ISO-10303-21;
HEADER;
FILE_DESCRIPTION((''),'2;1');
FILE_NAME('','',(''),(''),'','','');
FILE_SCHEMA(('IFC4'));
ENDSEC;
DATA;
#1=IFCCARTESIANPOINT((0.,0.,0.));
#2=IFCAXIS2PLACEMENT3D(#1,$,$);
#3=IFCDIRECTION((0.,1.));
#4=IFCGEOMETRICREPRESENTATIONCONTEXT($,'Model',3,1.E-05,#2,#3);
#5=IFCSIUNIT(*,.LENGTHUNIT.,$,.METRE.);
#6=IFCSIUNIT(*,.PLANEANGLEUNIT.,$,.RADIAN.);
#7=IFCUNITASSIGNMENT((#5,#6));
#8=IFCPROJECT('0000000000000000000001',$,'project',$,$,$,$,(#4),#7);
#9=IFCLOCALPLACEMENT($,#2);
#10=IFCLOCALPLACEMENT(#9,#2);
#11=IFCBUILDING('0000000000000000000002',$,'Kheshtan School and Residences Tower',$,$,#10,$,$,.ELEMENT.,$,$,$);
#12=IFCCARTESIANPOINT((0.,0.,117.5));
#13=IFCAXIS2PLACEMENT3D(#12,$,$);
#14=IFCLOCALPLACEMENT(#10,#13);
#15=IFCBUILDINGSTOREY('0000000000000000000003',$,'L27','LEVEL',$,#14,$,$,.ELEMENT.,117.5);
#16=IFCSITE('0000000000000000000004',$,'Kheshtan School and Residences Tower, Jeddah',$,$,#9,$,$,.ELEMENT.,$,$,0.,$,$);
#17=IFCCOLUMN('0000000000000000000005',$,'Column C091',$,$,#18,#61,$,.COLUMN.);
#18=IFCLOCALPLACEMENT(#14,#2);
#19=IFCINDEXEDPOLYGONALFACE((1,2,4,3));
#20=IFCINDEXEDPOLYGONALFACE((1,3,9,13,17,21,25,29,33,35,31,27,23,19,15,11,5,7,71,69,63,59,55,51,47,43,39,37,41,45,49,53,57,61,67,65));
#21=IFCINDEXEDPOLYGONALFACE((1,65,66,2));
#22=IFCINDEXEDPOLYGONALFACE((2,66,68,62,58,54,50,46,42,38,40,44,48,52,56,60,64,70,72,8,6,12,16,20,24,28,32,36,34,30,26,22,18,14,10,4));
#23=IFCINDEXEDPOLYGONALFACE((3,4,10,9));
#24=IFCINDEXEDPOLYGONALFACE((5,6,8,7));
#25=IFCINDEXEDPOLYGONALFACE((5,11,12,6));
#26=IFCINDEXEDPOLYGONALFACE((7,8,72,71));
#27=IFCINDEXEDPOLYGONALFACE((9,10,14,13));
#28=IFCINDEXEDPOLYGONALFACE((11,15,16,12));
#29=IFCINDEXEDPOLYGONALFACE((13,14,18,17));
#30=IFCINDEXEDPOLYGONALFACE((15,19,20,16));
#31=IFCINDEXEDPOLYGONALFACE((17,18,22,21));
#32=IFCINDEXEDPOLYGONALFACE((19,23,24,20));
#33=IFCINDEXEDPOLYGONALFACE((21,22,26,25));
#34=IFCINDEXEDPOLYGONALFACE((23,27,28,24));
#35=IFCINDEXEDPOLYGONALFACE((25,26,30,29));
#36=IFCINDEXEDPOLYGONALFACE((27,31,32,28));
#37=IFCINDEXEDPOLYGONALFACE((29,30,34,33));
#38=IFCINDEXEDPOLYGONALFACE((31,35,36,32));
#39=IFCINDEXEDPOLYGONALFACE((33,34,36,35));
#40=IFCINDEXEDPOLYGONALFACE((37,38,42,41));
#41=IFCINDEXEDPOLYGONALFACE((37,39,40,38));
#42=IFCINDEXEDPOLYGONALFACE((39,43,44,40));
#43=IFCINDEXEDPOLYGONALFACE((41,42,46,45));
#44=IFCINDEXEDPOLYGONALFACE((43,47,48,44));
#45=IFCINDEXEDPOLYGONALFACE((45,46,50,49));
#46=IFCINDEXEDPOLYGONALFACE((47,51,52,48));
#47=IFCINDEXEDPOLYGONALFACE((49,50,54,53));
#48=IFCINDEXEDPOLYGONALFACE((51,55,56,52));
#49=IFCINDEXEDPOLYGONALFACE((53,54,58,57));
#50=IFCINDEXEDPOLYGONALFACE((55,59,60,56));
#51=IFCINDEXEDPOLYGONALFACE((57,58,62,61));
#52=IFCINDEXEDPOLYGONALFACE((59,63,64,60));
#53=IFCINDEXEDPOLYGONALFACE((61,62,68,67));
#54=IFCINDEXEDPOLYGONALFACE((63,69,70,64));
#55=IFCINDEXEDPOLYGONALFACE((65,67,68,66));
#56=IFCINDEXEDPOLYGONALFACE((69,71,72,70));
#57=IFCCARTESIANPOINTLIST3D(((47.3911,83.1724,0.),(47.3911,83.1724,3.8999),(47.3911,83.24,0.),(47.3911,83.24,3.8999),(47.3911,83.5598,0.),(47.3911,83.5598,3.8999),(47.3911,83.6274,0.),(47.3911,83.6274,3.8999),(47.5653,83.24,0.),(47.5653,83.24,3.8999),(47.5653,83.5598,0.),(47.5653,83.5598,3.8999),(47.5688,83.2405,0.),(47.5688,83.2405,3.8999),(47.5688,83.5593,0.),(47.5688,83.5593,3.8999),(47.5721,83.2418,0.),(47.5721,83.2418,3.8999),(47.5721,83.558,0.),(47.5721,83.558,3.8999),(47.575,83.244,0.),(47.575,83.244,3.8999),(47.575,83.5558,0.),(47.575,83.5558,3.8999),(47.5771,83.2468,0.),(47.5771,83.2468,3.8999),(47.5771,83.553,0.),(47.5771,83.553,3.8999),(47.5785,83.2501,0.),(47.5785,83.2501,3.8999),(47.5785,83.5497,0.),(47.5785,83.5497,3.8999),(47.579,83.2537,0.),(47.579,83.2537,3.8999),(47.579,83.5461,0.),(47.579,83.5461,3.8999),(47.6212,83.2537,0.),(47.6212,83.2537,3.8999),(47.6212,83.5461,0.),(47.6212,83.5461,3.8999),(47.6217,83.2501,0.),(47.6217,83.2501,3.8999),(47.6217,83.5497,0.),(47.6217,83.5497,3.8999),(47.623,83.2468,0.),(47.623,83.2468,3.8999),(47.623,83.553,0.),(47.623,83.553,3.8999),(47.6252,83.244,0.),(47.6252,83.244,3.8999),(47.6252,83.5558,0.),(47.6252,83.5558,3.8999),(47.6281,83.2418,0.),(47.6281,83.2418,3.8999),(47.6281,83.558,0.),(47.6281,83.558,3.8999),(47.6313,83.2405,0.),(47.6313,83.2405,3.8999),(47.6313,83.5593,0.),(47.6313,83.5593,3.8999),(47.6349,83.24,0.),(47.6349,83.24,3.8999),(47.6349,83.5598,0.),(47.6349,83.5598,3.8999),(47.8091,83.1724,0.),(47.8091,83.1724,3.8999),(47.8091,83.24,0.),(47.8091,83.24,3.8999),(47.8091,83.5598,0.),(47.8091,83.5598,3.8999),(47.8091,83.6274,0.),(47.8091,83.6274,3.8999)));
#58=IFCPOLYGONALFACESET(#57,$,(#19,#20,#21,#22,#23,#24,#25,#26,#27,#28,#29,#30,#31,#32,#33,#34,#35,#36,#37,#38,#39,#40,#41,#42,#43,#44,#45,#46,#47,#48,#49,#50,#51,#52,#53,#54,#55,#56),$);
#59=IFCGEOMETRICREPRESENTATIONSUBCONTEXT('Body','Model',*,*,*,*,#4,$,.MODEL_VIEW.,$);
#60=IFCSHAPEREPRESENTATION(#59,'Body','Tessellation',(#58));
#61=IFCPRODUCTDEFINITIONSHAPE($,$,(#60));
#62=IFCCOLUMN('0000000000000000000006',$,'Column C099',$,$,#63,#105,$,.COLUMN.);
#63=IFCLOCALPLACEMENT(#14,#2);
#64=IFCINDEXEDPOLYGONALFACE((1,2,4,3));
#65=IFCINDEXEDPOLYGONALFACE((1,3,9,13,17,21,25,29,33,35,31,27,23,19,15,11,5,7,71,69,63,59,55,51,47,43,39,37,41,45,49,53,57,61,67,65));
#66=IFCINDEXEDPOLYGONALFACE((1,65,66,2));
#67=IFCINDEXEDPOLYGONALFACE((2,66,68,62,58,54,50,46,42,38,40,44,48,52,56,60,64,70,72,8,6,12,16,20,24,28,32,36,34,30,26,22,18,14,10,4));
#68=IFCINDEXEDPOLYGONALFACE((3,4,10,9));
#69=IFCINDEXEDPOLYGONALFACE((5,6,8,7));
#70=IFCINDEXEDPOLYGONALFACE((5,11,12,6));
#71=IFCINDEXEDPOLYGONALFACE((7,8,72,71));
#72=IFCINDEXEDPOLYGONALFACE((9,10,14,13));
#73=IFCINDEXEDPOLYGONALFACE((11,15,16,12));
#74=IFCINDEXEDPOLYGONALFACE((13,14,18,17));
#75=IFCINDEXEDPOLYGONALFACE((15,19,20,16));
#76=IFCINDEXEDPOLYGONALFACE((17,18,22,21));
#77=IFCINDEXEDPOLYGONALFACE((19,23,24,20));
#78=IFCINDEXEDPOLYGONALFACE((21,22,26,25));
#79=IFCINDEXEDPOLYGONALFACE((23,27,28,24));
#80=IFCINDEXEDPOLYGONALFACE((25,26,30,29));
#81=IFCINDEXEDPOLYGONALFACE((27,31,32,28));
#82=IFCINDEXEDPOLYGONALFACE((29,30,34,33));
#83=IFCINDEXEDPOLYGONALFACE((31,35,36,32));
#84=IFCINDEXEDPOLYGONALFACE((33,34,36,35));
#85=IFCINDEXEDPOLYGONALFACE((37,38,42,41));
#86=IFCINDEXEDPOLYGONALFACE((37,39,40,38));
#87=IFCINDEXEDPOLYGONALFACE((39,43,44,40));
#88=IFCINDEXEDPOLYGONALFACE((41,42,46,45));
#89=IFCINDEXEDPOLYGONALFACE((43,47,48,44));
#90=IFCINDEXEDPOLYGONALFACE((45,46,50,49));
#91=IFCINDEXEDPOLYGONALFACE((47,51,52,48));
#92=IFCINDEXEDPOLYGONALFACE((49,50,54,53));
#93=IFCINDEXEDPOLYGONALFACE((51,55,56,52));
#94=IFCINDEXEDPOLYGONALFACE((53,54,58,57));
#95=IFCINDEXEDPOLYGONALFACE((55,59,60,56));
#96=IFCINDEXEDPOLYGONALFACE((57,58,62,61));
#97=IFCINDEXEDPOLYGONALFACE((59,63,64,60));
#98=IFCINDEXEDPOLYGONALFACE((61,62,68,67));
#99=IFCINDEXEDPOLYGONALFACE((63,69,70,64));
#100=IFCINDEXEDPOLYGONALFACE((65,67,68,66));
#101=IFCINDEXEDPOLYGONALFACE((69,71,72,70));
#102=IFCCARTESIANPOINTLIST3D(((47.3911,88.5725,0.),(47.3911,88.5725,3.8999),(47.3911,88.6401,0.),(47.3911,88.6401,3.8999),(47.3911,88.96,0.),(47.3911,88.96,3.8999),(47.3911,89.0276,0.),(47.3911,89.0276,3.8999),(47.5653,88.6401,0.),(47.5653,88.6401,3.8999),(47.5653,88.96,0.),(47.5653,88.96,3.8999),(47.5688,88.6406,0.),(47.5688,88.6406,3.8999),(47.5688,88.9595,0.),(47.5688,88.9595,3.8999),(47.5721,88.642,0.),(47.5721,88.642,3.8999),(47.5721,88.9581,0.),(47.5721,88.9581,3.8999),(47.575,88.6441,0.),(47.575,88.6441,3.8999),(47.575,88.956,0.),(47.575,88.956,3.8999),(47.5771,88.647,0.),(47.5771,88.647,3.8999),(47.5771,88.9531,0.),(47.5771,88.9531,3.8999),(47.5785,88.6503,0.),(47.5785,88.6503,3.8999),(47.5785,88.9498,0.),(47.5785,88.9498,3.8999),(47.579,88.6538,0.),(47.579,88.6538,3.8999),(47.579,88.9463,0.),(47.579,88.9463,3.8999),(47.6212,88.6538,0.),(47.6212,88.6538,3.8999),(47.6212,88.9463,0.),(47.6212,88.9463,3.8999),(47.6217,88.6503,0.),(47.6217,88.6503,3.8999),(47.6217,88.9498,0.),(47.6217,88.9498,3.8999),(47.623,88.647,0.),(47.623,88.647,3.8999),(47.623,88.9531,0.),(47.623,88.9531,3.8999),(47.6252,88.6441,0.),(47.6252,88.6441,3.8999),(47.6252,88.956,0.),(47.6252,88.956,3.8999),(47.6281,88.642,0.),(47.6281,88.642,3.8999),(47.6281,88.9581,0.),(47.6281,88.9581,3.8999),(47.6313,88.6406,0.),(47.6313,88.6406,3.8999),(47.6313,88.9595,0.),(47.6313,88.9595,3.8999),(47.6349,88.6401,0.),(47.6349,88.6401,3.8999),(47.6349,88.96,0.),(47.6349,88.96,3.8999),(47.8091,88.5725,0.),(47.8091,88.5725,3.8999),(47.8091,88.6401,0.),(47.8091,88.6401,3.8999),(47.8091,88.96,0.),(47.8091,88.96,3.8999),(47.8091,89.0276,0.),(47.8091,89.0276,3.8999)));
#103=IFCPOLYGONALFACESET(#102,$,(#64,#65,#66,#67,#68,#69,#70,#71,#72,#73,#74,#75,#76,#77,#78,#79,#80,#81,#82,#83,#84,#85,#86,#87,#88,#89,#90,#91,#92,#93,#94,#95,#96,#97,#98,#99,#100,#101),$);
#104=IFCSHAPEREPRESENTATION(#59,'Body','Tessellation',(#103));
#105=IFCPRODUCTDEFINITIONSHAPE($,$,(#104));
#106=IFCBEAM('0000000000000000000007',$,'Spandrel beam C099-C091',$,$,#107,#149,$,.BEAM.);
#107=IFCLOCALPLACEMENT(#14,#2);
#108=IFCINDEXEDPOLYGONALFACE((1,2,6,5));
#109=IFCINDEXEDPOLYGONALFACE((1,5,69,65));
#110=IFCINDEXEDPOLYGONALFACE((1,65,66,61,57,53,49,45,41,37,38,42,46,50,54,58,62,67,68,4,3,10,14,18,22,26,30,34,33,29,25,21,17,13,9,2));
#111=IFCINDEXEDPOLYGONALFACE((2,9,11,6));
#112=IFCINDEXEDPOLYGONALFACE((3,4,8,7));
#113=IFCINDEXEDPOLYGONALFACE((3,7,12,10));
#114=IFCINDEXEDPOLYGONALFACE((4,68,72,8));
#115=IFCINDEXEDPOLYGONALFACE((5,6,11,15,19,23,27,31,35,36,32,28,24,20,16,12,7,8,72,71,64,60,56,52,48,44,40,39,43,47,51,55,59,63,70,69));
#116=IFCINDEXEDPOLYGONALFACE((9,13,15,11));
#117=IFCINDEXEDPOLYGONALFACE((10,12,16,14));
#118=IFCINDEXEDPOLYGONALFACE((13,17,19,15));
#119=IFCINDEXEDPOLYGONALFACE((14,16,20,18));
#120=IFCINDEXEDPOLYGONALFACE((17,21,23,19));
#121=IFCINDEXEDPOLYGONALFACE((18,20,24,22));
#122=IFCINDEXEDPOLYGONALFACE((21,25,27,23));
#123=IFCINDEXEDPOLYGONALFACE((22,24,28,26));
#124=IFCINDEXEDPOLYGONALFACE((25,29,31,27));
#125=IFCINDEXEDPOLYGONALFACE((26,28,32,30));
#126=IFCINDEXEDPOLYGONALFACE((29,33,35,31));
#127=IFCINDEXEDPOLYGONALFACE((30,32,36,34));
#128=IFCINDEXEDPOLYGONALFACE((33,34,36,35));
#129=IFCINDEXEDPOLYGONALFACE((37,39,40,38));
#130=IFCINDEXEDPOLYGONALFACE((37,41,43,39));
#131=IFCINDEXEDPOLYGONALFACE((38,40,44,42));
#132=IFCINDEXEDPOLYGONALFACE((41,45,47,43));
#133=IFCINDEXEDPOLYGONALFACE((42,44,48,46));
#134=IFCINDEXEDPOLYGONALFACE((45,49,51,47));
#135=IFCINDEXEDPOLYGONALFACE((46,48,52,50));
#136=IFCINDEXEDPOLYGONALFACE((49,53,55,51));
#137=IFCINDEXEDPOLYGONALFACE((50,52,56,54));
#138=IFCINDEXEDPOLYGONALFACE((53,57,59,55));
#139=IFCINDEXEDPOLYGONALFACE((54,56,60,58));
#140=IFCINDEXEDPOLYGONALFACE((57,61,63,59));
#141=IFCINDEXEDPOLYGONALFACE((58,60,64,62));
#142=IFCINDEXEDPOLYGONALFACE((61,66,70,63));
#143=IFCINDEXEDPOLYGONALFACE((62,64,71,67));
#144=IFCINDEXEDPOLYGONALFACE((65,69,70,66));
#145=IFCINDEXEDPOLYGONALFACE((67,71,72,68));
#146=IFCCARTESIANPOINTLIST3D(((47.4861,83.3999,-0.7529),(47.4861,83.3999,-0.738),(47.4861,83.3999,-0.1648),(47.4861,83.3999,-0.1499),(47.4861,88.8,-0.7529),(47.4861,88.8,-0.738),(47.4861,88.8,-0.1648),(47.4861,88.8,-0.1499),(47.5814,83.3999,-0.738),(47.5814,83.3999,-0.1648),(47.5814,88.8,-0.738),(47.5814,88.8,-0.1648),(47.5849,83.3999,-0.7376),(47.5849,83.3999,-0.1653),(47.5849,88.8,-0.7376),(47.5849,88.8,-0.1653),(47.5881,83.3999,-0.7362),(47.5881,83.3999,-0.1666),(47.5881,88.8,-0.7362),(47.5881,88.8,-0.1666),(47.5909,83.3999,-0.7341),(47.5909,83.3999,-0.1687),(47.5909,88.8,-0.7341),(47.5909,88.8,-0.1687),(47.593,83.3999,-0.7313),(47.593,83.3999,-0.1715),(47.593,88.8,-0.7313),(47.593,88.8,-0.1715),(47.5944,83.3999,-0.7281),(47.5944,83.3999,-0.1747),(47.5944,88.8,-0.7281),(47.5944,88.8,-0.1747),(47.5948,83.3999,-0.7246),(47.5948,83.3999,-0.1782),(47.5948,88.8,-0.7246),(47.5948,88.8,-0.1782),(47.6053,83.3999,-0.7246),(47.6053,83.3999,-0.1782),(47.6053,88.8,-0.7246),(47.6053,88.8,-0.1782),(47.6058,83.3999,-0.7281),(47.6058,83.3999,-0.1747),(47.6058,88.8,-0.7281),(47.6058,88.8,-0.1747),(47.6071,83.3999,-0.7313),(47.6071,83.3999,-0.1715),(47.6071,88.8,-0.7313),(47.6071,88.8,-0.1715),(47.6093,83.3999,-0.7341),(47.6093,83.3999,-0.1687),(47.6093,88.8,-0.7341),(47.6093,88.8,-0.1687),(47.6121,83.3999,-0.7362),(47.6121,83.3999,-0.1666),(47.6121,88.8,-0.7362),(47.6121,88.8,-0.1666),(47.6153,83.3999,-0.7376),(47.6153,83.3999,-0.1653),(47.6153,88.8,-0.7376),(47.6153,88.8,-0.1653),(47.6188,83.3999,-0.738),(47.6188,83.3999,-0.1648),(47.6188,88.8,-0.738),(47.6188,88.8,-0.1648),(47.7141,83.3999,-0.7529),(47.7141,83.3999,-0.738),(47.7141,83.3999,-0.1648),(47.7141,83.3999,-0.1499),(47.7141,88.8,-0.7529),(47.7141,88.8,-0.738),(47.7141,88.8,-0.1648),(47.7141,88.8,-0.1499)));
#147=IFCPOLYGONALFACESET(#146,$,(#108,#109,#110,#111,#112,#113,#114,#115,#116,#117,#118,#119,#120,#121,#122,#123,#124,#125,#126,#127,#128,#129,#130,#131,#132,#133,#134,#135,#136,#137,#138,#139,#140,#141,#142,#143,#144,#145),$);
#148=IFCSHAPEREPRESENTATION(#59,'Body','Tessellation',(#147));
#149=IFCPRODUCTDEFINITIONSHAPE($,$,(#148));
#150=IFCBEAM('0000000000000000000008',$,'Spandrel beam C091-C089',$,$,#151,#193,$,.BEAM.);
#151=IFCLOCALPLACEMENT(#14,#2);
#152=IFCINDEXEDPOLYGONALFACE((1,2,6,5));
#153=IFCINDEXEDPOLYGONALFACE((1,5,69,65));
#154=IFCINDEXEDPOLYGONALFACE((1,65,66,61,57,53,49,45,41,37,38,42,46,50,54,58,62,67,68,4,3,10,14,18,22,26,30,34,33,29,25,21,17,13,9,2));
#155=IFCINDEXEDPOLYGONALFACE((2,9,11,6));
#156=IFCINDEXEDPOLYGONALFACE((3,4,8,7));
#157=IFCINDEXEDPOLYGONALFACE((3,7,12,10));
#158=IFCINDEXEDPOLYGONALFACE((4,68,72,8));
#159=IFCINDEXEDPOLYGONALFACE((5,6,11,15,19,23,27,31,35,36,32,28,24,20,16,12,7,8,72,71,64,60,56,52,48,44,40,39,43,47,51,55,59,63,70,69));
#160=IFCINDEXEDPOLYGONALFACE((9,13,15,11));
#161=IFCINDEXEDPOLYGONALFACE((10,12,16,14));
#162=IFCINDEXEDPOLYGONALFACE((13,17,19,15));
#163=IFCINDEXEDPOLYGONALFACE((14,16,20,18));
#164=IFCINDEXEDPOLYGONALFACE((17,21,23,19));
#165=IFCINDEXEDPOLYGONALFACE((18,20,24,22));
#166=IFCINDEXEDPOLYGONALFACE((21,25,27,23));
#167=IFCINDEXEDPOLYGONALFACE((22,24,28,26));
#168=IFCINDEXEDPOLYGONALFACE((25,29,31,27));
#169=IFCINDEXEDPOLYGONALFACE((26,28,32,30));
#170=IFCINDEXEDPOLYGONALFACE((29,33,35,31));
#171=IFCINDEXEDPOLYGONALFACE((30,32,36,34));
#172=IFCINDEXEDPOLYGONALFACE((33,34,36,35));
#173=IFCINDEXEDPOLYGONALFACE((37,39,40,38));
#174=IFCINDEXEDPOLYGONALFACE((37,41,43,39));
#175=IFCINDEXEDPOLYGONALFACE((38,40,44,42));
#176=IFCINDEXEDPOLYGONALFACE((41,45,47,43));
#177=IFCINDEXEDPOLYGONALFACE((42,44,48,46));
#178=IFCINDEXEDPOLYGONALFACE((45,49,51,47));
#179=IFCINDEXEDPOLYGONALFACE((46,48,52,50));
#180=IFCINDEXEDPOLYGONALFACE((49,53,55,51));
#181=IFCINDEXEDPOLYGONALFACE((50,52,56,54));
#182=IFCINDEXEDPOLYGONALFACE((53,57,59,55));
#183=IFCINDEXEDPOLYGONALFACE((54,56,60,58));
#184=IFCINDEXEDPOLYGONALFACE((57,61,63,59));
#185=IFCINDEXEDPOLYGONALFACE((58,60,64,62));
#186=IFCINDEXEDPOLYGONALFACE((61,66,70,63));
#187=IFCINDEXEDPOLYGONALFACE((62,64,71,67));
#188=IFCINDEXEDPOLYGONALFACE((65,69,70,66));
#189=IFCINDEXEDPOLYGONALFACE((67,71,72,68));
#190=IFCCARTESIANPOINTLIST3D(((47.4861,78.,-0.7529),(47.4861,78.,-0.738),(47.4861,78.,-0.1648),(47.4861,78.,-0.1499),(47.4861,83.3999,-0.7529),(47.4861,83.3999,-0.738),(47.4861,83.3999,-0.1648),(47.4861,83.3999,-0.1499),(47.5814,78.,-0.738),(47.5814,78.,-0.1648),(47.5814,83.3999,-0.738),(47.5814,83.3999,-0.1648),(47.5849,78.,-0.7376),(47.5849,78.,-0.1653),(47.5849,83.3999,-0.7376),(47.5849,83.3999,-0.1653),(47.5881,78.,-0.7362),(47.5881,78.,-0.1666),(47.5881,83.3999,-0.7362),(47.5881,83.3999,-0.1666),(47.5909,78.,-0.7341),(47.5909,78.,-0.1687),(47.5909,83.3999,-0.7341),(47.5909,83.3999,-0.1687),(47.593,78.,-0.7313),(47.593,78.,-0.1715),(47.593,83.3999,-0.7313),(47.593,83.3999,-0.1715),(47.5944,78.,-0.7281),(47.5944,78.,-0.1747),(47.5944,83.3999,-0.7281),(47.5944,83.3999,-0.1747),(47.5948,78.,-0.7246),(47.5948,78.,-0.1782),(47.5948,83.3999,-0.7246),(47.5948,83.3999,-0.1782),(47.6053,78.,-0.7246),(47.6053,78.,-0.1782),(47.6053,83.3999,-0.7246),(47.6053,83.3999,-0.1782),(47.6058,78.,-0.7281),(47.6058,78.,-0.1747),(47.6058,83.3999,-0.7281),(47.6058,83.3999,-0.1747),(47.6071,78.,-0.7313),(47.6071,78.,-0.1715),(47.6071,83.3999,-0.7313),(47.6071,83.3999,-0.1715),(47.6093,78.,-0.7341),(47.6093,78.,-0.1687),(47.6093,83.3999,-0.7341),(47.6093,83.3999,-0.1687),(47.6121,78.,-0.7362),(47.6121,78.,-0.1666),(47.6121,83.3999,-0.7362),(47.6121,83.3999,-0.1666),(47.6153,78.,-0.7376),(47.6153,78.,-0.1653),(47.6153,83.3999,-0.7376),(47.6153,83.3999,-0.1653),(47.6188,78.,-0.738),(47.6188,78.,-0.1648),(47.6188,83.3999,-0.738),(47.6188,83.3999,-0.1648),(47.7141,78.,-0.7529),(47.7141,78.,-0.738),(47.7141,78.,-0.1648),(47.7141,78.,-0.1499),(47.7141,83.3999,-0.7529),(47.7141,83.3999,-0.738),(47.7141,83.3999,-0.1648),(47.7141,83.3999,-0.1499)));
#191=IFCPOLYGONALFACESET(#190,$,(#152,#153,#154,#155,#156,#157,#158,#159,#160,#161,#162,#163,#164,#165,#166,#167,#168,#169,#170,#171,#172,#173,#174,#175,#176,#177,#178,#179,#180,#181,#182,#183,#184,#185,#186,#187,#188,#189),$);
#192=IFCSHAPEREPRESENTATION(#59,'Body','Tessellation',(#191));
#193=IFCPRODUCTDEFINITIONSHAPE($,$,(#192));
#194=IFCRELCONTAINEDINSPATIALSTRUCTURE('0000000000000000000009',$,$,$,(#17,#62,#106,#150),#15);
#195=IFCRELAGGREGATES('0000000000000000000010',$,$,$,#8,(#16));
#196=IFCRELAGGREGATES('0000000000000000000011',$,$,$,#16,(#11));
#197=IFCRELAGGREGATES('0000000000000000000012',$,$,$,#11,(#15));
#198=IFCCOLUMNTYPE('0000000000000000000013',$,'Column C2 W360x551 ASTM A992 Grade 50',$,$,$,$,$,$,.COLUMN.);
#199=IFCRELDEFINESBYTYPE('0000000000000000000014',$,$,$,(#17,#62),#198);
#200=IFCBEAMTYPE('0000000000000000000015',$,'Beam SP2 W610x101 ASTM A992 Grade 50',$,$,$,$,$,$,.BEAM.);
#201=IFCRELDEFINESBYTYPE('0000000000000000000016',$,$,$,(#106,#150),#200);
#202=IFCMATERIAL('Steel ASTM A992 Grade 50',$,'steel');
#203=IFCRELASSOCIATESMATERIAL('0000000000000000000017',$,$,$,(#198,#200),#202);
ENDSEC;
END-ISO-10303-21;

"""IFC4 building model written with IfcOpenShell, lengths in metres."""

from ifc_helpers import new_model, si_unit, direction, frame, origin, origin_2d, place, context, subcontext, project, spatial, i_section, extrude, material, material_profile, profile_set, type_object, element, save


model = new_model("IFC4")

# Units and contexts
model_context = context("Model", 3, precision=1e-05, world=origin(), true_north=direction((0.0, 1.0)))
body_context = subcontext(model_context, "Body", "Model", "MODEL_VIEW")
ifc_project = project(units=[si_unit("LENGTHUNIT", "METRE"), si_unit("PLANEANGLEUNIT", "RADIAN")], contexts=[model_context])

# Site, building, storey
site_placement = place(None, origin())
site = spatial("IfcSite", under=ifc_project, at=site_placement, Name="Kheshtan School and Residences Tower, Jeddah", CompositionType="ELEMENT", RefElevation=0.0)
building_placement = place(site_placement, origin())
building = spatial("IfcBuilding", under=site, at=building_placement, Name="Kheshtan School and Residences Tower", CompositionType="ELEMENT")
storey_placement = place(building_placement, frame((0.0, 0.0, 117.5)))
storey = spatial("IfcBuildingStorey", under=building, at=storey_placement, Name="L27", Description="LEVEL", CompositionType="ELEMENT", Elevation=117.5)

# Columns
ifc_material_1 = material(Name="Steel ASTM A992 Grade 50", Category="steel")
ifc_material_profile_1 = material_profile(ifc_material_1, i_section(OverallWidth=0.418, OverallDepth=0.4551, WebThickness=0.0422, FlangeThickness=0.0676, FilletRadius=0.0137, at=origin_2d()), Name="W360x551")
ifc_profile_set_1 = profile_set([ifc_material_profile_1], Name="Steel ASTM A992 Grade 50")
column_type = type_object("IfcColumnType", Name="Column C2 W360x551 ASTM A992 Grade 50", PredefinedType="COLUMN", material=ifc_profile_set_1)
for number, where, z_axis, x_axis, name in (
    (1, (47.6001, 83.3999, 0.0), (0.0, 0.0, 1.0), (1.0, 0.0, 0.0), "Column C091"),
    (2, (47.6001, 88.8, 0.0), (0.0, 0.0, 1.0), (1.0, 0.0, 0.0), "Column C099"),
):
    element("IfcColumn", number, at=place(storey_placement, frame(where, z_axis=z_axis, x_axis=x_axis)), inside=storey, type_object=column_type, Name=name, PredefinedType="COLUMN", context=body_context, shape_type="SweptSolid", body=[
        extrude(i_section(OverallWidth=0.418, OverallDepth=0.4551, WebThickness=0.0422, FlangeThickness=0.0676, FilletRadius=0.0137, at=origin_2d()), origin(), (0.0, 0.0, 1.0), 3.8999),
    ])

# Beams
ifc_material_profile_2 = material_profile(ifc_material_1, i_section(OverallWidth=0.228, OverallDepth=0.603, WebThickness=0.0105, FlangeThickness=0.0149, FilletRadius=0.0134, at=origin_2d()), Name="W610x101")
ifc_profile_set_2 = profile_set([ifc_material_profile_2], Name="Steel ASTM A992 Grade 50")
beam_type = type_object("IfcBeamType", Name="Beam SP2 W610x101 ASTM A992 Grade 50", PredefinedType="BEAM", material=ifc_profile_set_2)
beam_1_placement = place(storey_placement, frame((47.6001, 88.8, -0.4514), z_axis=(0.0, -1.0, 0.0), x_axis=(1.0, 0.0, 0.0)))
element("IfcBeam", 3, at=beam_1_placement, inside=storey, type_object=beam_type, Name="Spandrel beam C099-C091", PredefinedType="BEAM", context=body_context, shape_type="SweptSolid", body=[
    extrude(i_section(OverallWidth=0.228, OverallDepth=0.603, WebThickness=0.0105, FlangeThickness=0.0149, FilletRadius=0.0134, at=origin_2d()), origin(), (0.0, 0.0, 1.0), 5.4001),
])
beam_2_placement = place(storey_placement, frame((47.6001, 83.3999, -0.4514), z_axis=(0.0, -1.0, 0.0), x_axis=(1.0, 0.0, 0.0)))
element("IfcBeam", 4, at=beam_2_placement, inside=storey, type_object=beam_type, Name="Spandrel beam C091-C089", PredefinedType="BEAM", context=body_context, shape_type="SweptSolid", body=[
    extrude(i_section(OverallWidth=0.228, OverallDepth=0.603, WebThickness=0.0105, FlangeThickness=0.0149, FilletRadius=0.0134, at=origin_2d()), origin(), (0.0, 0.0, 1.0), 5.3999),
])

save(model, "model.ifc")
